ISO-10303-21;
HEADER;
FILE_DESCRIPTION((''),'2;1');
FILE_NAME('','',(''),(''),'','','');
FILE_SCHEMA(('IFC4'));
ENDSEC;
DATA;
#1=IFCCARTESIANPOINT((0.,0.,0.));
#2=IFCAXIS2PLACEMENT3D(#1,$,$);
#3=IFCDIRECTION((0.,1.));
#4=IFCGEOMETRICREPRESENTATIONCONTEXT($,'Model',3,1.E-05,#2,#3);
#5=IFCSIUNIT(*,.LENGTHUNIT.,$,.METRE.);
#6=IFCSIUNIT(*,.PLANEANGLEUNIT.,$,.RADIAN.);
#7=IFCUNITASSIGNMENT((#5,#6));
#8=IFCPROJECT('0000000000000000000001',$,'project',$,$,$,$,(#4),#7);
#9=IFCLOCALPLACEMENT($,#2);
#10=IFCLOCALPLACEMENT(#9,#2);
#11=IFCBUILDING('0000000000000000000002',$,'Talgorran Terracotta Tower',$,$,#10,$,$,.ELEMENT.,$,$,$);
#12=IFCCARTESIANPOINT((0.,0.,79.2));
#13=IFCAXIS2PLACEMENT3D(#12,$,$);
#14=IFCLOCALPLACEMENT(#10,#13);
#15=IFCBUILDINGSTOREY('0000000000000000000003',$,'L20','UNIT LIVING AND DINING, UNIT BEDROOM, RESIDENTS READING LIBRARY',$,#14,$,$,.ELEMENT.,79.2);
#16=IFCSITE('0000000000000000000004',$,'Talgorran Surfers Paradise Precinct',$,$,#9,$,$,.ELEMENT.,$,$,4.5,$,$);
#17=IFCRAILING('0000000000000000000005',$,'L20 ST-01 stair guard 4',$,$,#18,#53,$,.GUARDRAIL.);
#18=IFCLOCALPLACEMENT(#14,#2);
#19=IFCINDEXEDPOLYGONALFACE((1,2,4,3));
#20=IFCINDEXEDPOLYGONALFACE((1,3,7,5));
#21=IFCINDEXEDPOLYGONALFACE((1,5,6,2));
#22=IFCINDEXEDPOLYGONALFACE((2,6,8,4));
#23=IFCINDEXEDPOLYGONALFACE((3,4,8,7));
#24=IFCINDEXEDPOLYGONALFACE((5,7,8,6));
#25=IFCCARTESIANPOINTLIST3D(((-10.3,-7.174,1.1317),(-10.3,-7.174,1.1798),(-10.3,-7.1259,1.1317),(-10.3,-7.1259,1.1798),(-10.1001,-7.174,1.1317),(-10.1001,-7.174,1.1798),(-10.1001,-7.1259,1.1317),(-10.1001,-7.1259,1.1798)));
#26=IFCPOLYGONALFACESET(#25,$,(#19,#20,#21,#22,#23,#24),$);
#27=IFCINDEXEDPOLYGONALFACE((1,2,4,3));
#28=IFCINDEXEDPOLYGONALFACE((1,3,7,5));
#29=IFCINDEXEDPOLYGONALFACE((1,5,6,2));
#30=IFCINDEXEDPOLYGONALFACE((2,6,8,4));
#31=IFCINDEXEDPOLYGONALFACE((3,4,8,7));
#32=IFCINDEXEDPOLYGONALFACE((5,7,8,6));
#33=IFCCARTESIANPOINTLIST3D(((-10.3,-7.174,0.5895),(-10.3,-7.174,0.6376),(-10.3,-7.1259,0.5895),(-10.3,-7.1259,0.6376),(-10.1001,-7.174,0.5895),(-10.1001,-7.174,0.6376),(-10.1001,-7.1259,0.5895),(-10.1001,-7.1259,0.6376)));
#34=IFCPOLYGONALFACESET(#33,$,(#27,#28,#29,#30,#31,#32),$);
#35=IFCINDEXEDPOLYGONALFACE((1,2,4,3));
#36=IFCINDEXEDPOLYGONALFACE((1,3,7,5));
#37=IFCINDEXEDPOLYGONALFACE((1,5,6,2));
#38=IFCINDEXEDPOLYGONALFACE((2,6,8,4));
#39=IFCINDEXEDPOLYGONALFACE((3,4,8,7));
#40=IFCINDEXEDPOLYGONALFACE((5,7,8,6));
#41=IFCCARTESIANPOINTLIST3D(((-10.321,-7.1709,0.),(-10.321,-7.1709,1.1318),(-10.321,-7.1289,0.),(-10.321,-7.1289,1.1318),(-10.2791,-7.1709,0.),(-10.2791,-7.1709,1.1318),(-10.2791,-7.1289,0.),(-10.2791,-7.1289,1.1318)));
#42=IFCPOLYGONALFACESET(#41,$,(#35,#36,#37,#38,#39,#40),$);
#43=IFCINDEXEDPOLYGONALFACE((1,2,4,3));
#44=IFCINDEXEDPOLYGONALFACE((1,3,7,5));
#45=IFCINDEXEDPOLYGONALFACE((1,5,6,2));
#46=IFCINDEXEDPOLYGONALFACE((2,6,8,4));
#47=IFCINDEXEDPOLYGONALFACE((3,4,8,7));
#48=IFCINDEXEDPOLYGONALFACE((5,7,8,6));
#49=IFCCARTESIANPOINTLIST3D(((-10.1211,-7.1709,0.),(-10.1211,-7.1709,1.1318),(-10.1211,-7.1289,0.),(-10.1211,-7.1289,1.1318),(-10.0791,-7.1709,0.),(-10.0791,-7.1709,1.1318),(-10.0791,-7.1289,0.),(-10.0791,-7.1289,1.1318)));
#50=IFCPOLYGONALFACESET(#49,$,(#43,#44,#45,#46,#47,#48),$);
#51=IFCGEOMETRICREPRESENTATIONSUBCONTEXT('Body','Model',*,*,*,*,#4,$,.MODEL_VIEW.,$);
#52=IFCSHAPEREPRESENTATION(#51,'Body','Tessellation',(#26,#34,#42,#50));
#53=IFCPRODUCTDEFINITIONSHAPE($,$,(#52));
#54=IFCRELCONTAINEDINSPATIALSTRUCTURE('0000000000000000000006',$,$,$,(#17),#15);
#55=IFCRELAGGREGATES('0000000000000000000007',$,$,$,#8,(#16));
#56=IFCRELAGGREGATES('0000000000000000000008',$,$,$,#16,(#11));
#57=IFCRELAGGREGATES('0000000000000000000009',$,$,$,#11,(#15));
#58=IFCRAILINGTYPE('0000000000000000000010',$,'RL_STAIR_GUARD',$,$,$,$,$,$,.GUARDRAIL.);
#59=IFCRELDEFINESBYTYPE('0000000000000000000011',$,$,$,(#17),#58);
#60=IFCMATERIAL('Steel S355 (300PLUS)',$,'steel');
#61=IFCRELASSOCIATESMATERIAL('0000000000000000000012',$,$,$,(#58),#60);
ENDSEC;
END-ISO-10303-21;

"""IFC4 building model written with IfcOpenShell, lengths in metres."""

from ifc_helpers import new_model, si_unit, direction, frame, origin, origin_2d, place, context, subcontext, project, spatial, rectangle, extrude, material, type_object, element, save


model = new_model("IFC4")

# Units and contexts
model_context = context("Model", 3, precision=1e-05, world=origin(), true_north=direction((0.0, 1.0)))
body_context = subcontext(model_context, "Body", "Model", "MODEL_VIEW")
ifc_project = project(units=[si_unit("LENGTHUNIT", "METRE"), si_unit("PLANEANGLEUNIT", "RADIAN")], contexts=[model_context])

# Site, building, storey
site_placement = place(None, origin())
site = spatial("IfcSite", under=ifc_project, at=site_placement, Name="Talgorran Surfers Paradise Precinct", CompositionType="ELEMENT", RefElevation=4.5)
building_placement = place(site_placement, origin())
building = spatial("IfcBuilding", under=site, at=building_placement, Name="Talgorran Terracotta Tower", CompositionType="ELEMENT")
storey_placement = place(building_placement, frame((0.0, 0.0, 79.2)))
storey = spatial("IfcBuildingStorey", under=building, at=storey_placement, Name="L20", Description="UNIT LIVING AND DINING, UNIT BEDROOM, RESIDENTS READING LIBRARY", CompositionType="ELEMENT", Elevation=79.2)

# Shared definitions
ifc_material_1 = material(Name="Steel S355 (300PLUS)", Category="steel")

# Railing
railing_type_1 = type_object("IfcRailingType", Name="RL_STAIR_GUARD", PredefinedType="GUARDRAIL", material=ifc_material_1)
railing_1_placement = place(storey_placement, frame((-10.3, -7.1499, 0.0)))
element("IfcRailing", 1, at=railing_1_placement, inside=storey, type_object=railing_type_1, Name="L20 ST-01 stair guard 4", PredefinedType="GUARDRAIL", context=body_context, shape_type="SweptSolid", body=[
    extrude(rectangle(XDim=0.0481, YDim=0.0481, at=origin_2d()), frame((0.0, 0.0, 1.1558), z_axis=(1.0, 0.0, 0.0), x_axis=(0.0, 1.0, 0.0)), (0.0, 0.0, 1.0), 0.2),
    extrude(rectangle(XDim=0.0481, YDim=0.0481, at=origin_2d()), frame((0.0, 0.0, 0.6135), z_axis=(1.0, 0.0, 0.0), x_axis=(0.0, 1.0, 0.0)), (0.0, 0.0, 1.0), 0.2),
    extrude(rectangle(XDim=0.042, YDim=0.042, at=origin_2d()), origin(), (0.0, 0.0, 1.0), 1.1318),
    extrude(rectangle(XDim=0.042, YDim=0.042, at=origin_2d()), frame((0.2, 0.0, 0.0)), (0.0, 0.0, 1.0), 1.1318),
])

save(model, "model.ifc")
